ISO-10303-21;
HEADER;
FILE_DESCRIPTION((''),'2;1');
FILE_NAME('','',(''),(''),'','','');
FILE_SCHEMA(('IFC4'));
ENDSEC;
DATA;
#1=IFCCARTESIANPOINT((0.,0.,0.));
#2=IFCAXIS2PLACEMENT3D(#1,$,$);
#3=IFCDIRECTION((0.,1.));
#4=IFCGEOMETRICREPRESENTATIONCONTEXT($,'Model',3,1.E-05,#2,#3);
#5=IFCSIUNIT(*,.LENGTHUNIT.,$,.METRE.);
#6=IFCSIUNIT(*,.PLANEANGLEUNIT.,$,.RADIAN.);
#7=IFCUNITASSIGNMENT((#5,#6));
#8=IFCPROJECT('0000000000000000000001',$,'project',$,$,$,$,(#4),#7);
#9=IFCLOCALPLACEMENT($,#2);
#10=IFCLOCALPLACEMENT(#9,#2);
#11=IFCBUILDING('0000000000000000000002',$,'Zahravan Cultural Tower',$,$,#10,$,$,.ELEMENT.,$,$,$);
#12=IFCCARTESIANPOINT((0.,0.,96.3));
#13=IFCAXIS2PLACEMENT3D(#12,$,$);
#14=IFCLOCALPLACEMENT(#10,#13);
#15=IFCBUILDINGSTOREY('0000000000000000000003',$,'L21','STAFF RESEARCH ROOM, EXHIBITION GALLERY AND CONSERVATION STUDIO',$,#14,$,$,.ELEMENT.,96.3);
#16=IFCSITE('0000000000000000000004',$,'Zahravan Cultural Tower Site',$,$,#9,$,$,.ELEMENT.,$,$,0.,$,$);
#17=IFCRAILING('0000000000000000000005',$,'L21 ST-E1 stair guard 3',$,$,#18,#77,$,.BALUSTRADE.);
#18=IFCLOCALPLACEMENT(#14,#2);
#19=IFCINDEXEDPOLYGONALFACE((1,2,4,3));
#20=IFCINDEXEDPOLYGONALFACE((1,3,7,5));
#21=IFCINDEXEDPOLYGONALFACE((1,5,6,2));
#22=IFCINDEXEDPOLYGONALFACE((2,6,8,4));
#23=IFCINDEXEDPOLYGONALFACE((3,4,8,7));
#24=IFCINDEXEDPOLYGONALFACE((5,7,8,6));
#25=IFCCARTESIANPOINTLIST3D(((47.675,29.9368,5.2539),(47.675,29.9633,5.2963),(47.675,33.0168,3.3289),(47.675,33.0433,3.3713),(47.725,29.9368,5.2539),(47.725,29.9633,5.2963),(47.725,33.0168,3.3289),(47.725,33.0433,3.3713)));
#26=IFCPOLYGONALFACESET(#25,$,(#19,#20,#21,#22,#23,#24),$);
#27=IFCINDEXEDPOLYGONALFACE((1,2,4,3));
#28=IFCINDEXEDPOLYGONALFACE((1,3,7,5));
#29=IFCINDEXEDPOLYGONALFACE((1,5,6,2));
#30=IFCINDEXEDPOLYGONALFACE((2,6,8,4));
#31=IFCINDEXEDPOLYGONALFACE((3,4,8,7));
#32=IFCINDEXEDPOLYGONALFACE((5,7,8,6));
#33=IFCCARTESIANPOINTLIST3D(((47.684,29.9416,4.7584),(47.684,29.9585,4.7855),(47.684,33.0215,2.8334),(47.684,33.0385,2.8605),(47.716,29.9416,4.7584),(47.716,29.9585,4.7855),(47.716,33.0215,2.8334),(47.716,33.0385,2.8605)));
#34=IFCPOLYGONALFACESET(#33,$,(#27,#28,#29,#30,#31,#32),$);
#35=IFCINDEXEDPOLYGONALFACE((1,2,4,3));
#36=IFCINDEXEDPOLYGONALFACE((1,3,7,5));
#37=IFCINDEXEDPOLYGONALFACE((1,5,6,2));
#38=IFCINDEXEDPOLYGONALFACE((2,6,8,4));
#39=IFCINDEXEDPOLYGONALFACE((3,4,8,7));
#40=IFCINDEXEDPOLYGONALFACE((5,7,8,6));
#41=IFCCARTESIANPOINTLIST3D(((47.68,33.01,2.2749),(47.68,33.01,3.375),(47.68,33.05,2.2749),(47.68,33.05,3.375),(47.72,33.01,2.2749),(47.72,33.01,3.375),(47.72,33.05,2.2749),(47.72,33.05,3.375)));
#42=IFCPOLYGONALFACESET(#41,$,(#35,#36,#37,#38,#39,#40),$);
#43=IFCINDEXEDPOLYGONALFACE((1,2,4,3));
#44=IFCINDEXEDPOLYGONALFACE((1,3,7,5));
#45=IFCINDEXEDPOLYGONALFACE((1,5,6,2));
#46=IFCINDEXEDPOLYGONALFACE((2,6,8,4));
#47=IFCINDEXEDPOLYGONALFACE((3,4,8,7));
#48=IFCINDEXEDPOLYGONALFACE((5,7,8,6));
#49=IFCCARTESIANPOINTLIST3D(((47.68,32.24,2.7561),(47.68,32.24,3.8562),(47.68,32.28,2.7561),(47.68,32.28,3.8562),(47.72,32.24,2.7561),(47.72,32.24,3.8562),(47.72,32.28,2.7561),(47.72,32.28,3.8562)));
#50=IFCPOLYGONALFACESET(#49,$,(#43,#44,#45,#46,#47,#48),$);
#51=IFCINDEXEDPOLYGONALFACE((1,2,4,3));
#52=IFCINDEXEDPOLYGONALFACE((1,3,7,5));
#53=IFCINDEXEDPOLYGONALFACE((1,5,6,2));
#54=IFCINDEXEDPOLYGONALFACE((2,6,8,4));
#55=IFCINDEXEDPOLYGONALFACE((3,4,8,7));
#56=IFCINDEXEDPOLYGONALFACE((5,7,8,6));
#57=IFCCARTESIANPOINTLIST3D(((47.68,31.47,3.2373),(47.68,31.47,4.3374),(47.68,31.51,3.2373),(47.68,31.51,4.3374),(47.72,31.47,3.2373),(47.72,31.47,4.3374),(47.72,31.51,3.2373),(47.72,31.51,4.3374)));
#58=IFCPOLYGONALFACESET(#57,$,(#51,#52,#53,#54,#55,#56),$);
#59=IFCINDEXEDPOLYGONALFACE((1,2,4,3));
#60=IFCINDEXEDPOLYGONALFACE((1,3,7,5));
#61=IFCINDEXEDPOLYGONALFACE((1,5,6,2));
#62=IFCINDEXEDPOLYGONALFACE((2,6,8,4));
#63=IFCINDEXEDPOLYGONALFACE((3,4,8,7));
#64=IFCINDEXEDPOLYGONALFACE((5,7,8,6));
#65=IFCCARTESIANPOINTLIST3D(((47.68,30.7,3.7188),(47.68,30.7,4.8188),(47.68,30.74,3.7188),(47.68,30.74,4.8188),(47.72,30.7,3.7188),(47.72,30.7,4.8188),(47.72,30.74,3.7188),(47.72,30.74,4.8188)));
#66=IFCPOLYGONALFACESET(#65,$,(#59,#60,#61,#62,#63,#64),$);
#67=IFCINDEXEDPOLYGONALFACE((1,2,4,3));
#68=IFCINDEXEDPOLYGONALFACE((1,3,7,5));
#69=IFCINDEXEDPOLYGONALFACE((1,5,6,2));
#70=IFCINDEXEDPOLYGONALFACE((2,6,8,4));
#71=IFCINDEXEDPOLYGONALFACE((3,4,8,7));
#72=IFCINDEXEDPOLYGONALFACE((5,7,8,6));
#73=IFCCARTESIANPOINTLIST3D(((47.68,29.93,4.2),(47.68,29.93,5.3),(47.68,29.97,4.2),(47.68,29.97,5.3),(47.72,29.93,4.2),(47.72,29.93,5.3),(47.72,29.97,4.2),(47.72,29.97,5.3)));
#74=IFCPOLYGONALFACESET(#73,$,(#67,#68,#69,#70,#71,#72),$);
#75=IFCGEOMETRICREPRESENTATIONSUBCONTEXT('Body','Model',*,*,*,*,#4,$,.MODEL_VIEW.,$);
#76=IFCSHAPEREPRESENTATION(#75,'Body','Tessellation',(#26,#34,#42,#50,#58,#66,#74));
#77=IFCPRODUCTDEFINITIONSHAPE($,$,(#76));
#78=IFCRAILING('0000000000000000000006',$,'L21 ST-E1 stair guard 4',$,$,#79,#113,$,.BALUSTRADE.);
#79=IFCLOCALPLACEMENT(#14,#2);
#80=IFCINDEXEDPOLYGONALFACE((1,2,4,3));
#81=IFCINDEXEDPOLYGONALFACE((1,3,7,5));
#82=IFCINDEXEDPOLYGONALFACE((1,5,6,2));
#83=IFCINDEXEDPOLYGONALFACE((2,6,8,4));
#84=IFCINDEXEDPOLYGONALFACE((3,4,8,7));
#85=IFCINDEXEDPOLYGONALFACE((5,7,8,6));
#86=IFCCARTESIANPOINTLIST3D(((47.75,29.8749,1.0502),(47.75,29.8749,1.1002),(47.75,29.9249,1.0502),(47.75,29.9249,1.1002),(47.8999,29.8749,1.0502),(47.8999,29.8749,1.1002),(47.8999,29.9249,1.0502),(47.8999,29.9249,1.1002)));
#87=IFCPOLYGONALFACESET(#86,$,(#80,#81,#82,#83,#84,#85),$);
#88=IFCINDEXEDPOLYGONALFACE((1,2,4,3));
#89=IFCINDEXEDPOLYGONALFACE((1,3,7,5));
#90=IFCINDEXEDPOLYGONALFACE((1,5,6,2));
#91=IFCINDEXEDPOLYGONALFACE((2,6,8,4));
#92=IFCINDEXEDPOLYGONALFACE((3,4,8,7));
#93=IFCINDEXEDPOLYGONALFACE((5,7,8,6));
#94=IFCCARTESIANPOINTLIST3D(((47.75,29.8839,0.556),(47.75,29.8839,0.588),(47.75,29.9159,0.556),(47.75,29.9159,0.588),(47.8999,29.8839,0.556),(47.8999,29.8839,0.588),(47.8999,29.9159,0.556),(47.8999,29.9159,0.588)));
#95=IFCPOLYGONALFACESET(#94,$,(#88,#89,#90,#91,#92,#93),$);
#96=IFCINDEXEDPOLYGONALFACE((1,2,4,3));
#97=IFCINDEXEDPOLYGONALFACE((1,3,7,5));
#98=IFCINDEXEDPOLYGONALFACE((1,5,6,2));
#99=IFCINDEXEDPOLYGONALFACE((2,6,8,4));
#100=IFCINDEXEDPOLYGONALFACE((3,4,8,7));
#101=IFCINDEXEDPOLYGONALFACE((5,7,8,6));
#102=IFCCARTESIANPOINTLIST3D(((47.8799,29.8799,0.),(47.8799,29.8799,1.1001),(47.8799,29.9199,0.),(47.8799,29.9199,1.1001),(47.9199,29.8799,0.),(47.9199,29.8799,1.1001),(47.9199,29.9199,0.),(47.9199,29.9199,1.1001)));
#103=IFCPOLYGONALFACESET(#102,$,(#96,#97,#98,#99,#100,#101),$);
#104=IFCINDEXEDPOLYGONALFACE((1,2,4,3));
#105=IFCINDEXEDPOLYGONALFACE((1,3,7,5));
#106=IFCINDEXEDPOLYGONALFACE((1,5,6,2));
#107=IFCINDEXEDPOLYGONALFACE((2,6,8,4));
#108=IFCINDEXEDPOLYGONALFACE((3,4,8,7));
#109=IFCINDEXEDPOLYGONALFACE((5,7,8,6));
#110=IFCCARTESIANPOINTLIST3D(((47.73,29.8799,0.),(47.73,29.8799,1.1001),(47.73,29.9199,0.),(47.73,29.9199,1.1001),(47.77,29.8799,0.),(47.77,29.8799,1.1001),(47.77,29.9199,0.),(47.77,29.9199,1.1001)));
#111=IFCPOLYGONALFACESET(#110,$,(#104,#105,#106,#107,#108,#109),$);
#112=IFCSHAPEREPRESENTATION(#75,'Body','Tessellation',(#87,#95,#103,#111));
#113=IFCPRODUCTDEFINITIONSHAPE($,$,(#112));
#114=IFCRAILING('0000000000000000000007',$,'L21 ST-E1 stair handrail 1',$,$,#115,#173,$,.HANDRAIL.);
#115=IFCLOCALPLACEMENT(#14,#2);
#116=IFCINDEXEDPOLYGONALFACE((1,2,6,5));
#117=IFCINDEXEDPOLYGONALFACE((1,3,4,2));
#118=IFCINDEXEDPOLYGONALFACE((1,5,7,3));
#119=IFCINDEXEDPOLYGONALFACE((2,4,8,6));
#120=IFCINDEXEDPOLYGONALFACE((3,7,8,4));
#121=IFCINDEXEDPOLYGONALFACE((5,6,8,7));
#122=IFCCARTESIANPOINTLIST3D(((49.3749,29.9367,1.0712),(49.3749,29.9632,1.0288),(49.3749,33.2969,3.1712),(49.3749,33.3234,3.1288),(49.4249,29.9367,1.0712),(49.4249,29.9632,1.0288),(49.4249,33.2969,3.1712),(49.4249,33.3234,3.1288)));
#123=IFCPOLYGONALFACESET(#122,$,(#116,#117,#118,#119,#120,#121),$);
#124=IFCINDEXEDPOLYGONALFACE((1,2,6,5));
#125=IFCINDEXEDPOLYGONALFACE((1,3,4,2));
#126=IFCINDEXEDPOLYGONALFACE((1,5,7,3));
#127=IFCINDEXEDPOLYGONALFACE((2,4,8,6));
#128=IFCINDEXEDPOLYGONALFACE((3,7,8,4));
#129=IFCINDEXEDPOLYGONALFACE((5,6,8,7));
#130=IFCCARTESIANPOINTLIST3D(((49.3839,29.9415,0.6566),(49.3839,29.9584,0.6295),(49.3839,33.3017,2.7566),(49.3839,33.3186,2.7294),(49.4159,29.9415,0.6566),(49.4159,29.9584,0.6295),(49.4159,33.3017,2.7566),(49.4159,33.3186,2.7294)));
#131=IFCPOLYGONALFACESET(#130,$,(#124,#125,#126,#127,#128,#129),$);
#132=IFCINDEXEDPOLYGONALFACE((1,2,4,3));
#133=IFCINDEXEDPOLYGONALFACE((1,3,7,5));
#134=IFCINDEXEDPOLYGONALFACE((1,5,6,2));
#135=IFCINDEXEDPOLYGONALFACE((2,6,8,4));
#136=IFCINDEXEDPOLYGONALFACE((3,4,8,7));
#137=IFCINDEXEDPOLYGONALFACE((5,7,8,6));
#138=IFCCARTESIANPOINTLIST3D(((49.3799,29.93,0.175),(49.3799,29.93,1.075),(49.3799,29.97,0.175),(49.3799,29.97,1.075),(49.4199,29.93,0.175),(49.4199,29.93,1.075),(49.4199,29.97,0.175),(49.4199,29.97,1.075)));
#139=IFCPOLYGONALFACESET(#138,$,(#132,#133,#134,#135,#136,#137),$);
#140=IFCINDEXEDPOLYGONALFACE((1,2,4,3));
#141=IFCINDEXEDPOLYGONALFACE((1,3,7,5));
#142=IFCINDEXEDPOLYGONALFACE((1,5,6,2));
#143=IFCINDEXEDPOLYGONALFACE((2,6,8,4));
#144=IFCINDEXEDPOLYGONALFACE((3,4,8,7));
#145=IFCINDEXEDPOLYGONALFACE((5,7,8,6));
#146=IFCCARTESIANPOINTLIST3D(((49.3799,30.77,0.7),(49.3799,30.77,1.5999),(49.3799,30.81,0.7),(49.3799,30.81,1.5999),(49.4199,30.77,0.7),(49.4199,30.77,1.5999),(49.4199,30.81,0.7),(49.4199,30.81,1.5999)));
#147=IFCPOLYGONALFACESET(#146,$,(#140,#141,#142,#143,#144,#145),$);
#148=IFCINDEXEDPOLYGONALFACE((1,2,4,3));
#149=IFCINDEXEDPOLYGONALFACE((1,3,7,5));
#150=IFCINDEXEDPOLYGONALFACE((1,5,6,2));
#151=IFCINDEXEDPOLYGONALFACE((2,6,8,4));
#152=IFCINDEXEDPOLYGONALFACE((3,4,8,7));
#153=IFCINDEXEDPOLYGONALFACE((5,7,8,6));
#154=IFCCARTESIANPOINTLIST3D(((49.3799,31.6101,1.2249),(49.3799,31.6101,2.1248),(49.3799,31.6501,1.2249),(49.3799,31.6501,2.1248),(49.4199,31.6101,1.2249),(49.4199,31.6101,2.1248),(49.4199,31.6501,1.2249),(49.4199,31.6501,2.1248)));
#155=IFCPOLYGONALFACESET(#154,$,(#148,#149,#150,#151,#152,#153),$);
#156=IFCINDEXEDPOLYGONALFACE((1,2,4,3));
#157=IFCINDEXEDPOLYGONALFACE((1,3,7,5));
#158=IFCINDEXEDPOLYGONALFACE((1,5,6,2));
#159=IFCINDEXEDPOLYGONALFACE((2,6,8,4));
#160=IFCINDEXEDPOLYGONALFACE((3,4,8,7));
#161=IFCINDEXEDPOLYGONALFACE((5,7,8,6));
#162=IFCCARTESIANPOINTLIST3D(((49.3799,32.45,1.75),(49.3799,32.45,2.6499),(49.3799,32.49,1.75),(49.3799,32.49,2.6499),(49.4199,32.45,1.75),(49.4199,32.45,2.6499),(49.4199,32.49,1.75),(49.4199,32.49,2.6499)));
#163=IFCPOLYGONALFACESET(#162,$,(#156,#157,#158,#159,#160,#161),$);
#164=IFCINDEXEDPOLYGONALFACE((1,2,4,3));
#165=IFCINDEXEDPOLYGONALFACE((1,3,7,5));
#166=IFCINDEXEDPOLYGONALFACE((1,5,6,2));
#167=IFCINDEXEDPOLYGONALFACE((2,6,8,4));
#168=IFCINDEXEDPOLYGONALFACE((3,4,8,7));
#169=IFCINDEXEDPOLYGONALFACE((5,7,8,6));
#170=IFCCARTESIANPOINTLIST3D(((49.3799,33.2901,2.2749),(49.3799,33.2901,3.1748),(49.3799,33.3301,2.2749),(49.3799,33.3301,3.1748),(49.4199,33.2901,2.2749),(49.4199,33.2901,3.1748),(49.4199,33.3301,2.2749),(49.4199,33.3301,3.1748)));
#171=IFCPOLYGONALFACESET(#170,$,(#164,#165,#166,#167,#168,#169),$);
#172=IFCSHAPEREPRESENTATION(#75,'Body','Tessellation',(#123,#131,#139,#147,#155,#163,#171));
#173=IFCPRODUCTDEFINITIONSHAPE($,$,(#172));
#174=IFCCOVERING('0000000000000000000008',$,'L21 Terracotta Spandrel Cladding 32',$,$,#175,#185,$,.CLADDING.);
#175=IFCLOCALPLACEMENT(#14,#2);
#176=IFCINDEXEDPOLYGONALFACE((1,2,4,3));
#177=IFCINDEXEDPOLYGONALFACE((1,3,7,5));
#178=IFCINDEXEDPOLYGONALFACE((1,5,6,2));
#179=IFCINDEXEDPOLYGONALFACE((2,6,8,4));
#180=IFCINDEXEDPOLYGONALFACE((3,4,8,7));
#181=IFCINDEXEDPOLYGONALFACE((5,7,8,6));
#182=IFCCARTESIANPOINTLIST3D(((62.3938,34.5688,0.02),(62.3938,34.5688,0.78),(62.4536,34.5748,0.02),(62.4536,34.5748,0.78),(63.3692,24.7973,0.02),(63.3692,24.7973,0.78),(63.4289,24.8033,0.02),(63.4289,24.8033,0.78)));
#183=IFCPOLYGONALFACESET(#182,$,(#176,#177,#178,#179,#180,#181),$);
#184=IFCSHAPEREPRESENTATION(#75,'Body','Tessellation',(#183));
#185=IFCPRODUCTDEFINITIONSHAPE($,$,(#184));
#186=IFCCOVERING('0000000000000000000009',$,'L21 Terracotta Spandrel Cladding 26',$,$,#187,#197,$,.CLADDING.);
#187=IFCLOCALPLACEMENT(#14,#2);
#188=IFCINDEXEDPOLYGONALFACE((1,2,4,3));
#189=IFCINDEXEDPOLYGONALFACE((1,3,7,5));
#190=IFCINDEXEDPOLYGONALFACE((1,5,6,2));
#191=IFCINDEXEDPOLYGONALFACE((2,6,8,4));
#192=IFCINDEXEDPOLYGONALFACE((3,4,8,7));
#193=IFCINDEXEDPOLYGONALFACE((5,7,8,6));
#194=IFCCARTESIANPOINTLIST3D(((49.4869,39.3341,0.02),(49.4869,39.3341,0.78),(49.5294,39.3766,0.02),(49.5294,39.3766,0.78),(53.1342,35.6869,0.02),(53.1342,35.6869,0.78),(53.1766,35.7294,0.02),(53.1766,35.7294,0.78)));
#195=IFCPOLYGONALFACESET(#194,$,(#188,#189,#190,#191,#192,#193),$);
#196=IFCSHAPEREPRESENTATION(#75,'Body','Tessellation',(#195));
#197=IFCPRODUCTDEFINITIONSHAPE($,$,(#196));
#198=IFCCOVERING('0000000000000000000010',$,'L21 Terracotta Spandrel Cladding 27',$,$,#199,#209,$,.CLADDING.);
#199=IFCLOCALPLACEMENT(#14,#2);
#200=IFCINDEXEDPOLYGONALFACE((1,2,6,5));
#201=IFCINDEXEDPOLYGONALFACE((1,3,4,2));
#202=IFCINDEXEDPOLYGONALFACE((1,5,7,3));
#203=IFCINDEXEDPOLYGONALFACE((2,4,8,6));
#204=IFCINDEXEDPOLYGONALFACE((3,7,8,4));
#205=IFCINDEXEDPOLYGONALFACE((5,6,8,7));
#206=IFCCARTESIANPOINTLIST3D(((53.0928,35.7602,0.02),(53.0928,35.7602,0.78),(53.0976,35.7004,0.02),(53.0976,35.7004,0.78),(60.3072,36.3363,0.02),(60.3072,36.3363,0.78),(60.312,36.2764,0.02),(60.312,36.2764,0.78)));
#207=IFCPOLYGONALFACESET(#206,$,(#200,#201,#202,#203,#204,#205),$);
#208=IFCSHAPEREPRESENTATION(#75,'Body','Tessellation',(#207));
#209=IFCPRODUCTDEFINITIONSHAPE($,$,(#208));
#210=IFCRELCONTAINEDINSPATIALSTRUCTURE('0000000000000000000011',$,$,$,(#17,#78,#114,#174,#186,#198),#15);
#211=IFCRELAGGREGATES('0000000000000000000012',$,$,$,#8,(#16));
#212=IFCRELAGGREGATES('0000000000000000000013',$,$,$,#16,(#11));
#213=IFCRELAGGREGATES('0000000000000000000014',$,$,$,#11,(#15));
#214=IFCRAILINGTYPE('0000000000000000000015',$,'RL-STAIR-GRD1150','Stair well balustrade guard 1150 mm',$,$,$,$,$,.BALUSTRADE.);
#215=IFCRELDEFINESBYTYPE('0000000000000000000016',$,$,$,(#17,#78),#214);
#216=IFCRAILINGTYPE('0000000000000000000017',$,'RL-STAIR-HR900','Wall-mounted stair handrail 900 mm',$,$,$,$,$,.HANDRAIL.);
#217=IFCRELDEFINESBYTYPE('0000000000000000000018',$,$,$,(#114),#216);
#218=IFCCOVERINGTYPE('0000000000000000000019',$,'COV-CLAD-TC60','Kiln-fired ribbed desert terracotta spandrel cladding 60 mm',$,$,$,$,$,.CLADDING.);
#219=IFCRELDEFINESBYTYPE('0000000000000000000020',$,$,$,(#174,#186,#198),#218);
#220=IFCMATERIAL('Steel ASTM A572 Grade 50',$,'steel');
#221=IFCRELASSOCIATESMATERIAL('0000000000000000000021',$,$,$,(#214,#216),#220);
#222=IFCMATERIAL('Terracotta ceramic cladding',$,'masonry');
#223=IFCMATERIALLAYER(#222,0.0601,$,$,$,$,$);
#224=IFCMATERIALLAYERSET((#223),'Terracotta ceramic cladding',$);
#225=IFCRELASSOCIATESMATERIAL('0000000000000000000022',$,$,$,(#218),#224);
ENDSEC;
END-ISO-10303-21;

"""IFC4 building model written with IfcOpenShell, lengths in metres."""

from ifc_helpers import new_model, si_unit, direction, frame, origin, origin_2d, place, context, subcontext, project, spatial, rectangle, extrude, source, transform, mapped, material, layer, layer_set, type_object, element, save


model = new_model("IFC4")

# Units and contexts
model_context = context("Model", 3, precision=1e-05, world=origin(), true_north=direction((0.0, 1.0)))
body_context = subcontext(model_context, "Body", "Model", "MODEL_VIEW")
ifc_project = project(units=[si_unit("LENGTHUNIT", "METRE"), si_unit("PLANEANGLEUNIT", "RADIAN")], contexts=[model_context])

# Site, building, storey
site_placement = place(None, origin())
site = spatial("IfcSite", under=ifc_project, at=site_placement, Name="Zahravan Cultural Tower Site", CompositionType="ELEMENT", RefElevation=0.0)
building_placement = place(site_placement, origin())
building = spatial("IfcBuilding", under=site, at=building_placement, Name="Zahravan Cultural Tower", CompositionType="ELEMENT")
storey_placement = place(building_placement, frame((0.0, 0.0, 96.3)))
storey = spatial("IfcBuildingStorey", under=building, at=storey_placement, Name="L21", Description="STAFF RESEARCH ROOM, EXHIBITION GALLERY AND CONSERVATION STUDIO", CompositionType="ELEMENT", Elevation=96.3)

# Railings
ifc_material_1 = material(Name="Steel ASTM A572 Grade 50", Category="steel")
railing_type_1 = type_object("IfcRailingType", Name="RL-STAIR-GRD1150", Description="Stair well balustrade guard 1150 mm", PredefinedType="BALUSTRADE", material=ifc_material_1)
railing_1_placement = place(storey_placement, frame((47.7, 33.03, 2.2749)))
element("IfcRailing", 1, at=railing_1_placement, inside=storey, type_object=railing_type_1, Name="L21 ST-E1 stair guard 3", PredefinedType="BALUSTRADE", context=body_context, shape_type="SweptSolid", body=[
    extrude(rectangle(XDim=0.05, YDim=0.05, at=origin_2d()), frame((0.0, 0.0, 1.0752), z_axis=(0.0, -0.847998, 0.529999), x_axis=(1.0, 0.0, 0.0)), (0.0, 0.0, 1.0), 3.6321),
    extrude(rectangle(XDim=0.032, YDim=0.032, at=origin_2d()), frame((0.0, 0.0, 0.572), z_axis=(0.0, -0.847998, 0.529999), x_axis=(1.0, 0.0, 0.0)), (0.0, 0.0, 1.0), 3.6321),
    extrude(rectangle(XDim=0.04, YDim=0.04, at=origin_2d()), origin(), (0.0, 0.0, 1.0), 1.1001),
    extrude(rectangle(XDim=0.04, YDim=0.04, at=origin_2d()), frame((0.0, -0.77, 0.4812)), (0.0, 0.0, 1.0), 1.1001),
    extrude(rectangle(XDim=0.04, YDim=0.04, at=origin_2d()), frame((0.0, -1.54, 0.9624)), (0.0, 0.0, 1.0), 1.1001),
    extrude(rectangle(XDim=0.04, YDim=0.04, at=origin_2d()), frame((0.0, -2.3101, 1.4438)), (0.0, 0.0, 1.0), 1.1001),
    extrude(rectangle(XDim=0.04, YDim=0.04, at=origin_2d()), frame((0.0, -3.0801, 1.925)), (0.0, 0.0, 1.0), 1.1001),
])
railing_2_placement = place(storey_placement, frame((47.8999, 29.8999, 0.0)))
element("IfcRailing", 2, at=railing_2_placement, inside=storey, type_object=railing_type_1, Name="L21 ST-E1 stair guard 4", PredefinedType="BALUSTRADE", context=body_context, shape_type="SweptSolid", body=[
    extrude(rectangle(XDim=0.05, YDim=0.05, at=origin_2d()), frame((0.0, 0.0, 1.0752), z_axis=(-1.0, 0.0, 0.0), x_axis=(0.0, -1.0, 0.0)), (0.0, 0.0, 1.0), 0.1499),
    extrude(rectangle(XDim=0.032, YDim=0.032, at=origin_2d()), frame((0.0, 0.0, 0.572), z_axis=(-1.0, 0.0, 0.0), x_axis=(0.0, -1.0, 0.0)), (0.0, 0.0, 1.0), 0.1499),
    extrude(rectangle(XDim=0.04, YDim=0.04, at=origin_2d()), origin(), (0.0, 0.0, 1.0), 1.1001),
    extrude(rectangle(XDim=0.04, YDim=0.04, at=origin_2d()), frame((-0.1499, 0.0, 0.0)), (0.0, 0.0, 1.0), 1.1001),
])
railing_type_2 = type_object("IfcRailingType", Name="RL-STAIR-HR900", Description="Wall-mounted stair handrail 900 mm", PredefinedType="HANDRAIL", material=ifc_material_1)
railing_3_placement = place(storey_placement, frame((49.3999, 29.95, 0.175)))
element("IfcRailing", 3, at=railing_3_placement, inside=storey, type_object=railing_type_2, Name="L21 ST-E1 stair handrail 1", PredefinedType="HANDRAIL", context=body_context, shape_type="SweptSolid", body=[
    extrude(rectangle(XDim=0.05, YDim=0.05, at=origin_2d()), frame((0.0, 0.0, 0.875), z_axis=(0.0, 0.848023, 0.52996), x_axis=(-1.0, 0.0, 0.0)), (0.0, 0.0, 1.0), 3.9624),
    extrude(rectangle(XDim=0.032, YDim=0.032, at=origin_2d()), frame((0.0, 0.0, 0.468), z_axis=(0.0, 0.848023, 0.52996), x_axis=(-1.0, 0.0, 0.0)), (0.0, 0.0, 1.0), 3.9624),
    extrude(rectangle(XDim=0.04, YDim=0.04, at=origin_2d()), origin(), (0.0, 0.0, 1.0), 0.8999),
    extrude(rectangle(XDim=0.04, YDim=0.04, at=origin_2d()), frame((0.0, 0.8401, 0.5249)), (0.0, 0.0, 1.0), 0.8999),
    extrude(rectangle(XDim=0.04, YDim=0.04, at=origin_2d()), frame((0.0, 1.6802, 1.0498)), (0.0, 0.0, 1.0), 0.8999),
    extrude(rectangle(XDim=0.04, YDim=0.04, at=origin_2d()), frame((0.0, 2.52, 1.575)), (0.0, 0.0, 1.0), 0.8999),
    extrude(rectangle(XDim=0.04, YDim=0.04, at=origin_2d()), frame((0.0, 3.3601, 2.0999)), (0.0, 0.0, 1.0), 0.8999),
])

# Coverings
ifc_material_2 = material(Name="Terracotta ceramic cladding", Category="masonry")
ifc_layer_1 = layer(ifc_material_2, 0.0601)
ifc_layer_set_1 = layer_set([ifc_layer_1], Name="Terracotta ceramic cladding")
covering_type = type_object("IfcCoveringType", Name="COV-CLAD-TC60", Description="Kiln-fired ribbed desert terracotta spandrel cladding 60 mm", PredefinedType="CLADDING", material=ifc_layer_set_1)
shared_shape_1 = source(origin(), body_context, "Body", "SweptSolid", [
    extrude(rectangle(XDim=9.8201, YDim=0.0601, at=origin_2d()), origin(), (0.0, 0.0, 1.0), 0.76),
])
covering_1_placement = place(storey_placement, frame((62.9114, 29.686, 0.02), z_axis=(0.0, 0.0, 1.0), x_axis=(0.09932, -0.995056, 0.0)))
element("IfcCovering", 4, at=covering_1_placement, inside=storey, type_object=covering_type, Name="L21 Terracotta Spandrel Cladding 32", PredefinedType="CLADDING", context=body_context, shape_type="MappedRepresentation", body=[
    mapped(shared_shape_1, transform((0.0, 0.0, 0.0), x_axis=(1.0, 0.0, 0.0), y_axis=(0.0, 1.0, 0.0), z_axis=(0.0, 0.0, 1.0), scale=1.0)),
])
shared_shape_2 = source(origin(), body_context, "Body", "SweptSolid", [
    extrude(rectangle(XDim=5.158, YDim=0.0601, at=origin_2d()), origin(), (0.0, 0.0, 1.0), 0.76),
])
covering_2_placement = place(storey_placement, frame((51.3318, 37.5317, 0.02), z_axis=(0.0, 0.0, 1.0), x_axis=(0.707107, -0.707107, 0.0)))
element("IfcCovering", 5, at=covering_2_placement, inside=storey, type_object=covering_type, Name="L21 Terracotta Spandrel Cladding 26", PredefinedType="CLADDING", context=body_context, shape_type="MappedRepresentation", body=[
    mapped(shared_shape_2, transform((0.0, 0.0, 0.0), x_axis=(1.0, 0.0, 0.0), y_axis=(0.0, 1.0, 0.0), z_axis=(0.0, 0.0, 1.0), scale=1.0)),
])
shared_shape_3 = source(origin(), body_context, "Body", "SweptSolid", [
    extrude(rectangle(XDim=7.2373, YDim=0.0601, at=origin_2d()), origin(), (0.0, 0.0, 1.0), 0.76),
])
covering_3_placement = place(storey_placement, frame((56.7024, 36.0183, 0.02), z_axis=(0.0, 0.0, 1.0), x_axis=(0.996828, 0.07959, 0.0)))
element("IfcCovering", 6, at=covering_3_placement, inside=storey, type_object=covering_type, Name="L21 Terracotta Spandrel Cladding 27", PredefinedType="CLADDING", context=body_context, shape_type="MappedRepresentation", body=[
    mapped(shared_shape_3, transform((0.0, 0.0, 0.0), x_axis=(1.0, 0.0, 0.0), y_axis=(0.0, 1.0, 0.0), z_axis=(0.0, 0.0, 1.0), scale=1.0)),
])

save(model, "model.ifc")
